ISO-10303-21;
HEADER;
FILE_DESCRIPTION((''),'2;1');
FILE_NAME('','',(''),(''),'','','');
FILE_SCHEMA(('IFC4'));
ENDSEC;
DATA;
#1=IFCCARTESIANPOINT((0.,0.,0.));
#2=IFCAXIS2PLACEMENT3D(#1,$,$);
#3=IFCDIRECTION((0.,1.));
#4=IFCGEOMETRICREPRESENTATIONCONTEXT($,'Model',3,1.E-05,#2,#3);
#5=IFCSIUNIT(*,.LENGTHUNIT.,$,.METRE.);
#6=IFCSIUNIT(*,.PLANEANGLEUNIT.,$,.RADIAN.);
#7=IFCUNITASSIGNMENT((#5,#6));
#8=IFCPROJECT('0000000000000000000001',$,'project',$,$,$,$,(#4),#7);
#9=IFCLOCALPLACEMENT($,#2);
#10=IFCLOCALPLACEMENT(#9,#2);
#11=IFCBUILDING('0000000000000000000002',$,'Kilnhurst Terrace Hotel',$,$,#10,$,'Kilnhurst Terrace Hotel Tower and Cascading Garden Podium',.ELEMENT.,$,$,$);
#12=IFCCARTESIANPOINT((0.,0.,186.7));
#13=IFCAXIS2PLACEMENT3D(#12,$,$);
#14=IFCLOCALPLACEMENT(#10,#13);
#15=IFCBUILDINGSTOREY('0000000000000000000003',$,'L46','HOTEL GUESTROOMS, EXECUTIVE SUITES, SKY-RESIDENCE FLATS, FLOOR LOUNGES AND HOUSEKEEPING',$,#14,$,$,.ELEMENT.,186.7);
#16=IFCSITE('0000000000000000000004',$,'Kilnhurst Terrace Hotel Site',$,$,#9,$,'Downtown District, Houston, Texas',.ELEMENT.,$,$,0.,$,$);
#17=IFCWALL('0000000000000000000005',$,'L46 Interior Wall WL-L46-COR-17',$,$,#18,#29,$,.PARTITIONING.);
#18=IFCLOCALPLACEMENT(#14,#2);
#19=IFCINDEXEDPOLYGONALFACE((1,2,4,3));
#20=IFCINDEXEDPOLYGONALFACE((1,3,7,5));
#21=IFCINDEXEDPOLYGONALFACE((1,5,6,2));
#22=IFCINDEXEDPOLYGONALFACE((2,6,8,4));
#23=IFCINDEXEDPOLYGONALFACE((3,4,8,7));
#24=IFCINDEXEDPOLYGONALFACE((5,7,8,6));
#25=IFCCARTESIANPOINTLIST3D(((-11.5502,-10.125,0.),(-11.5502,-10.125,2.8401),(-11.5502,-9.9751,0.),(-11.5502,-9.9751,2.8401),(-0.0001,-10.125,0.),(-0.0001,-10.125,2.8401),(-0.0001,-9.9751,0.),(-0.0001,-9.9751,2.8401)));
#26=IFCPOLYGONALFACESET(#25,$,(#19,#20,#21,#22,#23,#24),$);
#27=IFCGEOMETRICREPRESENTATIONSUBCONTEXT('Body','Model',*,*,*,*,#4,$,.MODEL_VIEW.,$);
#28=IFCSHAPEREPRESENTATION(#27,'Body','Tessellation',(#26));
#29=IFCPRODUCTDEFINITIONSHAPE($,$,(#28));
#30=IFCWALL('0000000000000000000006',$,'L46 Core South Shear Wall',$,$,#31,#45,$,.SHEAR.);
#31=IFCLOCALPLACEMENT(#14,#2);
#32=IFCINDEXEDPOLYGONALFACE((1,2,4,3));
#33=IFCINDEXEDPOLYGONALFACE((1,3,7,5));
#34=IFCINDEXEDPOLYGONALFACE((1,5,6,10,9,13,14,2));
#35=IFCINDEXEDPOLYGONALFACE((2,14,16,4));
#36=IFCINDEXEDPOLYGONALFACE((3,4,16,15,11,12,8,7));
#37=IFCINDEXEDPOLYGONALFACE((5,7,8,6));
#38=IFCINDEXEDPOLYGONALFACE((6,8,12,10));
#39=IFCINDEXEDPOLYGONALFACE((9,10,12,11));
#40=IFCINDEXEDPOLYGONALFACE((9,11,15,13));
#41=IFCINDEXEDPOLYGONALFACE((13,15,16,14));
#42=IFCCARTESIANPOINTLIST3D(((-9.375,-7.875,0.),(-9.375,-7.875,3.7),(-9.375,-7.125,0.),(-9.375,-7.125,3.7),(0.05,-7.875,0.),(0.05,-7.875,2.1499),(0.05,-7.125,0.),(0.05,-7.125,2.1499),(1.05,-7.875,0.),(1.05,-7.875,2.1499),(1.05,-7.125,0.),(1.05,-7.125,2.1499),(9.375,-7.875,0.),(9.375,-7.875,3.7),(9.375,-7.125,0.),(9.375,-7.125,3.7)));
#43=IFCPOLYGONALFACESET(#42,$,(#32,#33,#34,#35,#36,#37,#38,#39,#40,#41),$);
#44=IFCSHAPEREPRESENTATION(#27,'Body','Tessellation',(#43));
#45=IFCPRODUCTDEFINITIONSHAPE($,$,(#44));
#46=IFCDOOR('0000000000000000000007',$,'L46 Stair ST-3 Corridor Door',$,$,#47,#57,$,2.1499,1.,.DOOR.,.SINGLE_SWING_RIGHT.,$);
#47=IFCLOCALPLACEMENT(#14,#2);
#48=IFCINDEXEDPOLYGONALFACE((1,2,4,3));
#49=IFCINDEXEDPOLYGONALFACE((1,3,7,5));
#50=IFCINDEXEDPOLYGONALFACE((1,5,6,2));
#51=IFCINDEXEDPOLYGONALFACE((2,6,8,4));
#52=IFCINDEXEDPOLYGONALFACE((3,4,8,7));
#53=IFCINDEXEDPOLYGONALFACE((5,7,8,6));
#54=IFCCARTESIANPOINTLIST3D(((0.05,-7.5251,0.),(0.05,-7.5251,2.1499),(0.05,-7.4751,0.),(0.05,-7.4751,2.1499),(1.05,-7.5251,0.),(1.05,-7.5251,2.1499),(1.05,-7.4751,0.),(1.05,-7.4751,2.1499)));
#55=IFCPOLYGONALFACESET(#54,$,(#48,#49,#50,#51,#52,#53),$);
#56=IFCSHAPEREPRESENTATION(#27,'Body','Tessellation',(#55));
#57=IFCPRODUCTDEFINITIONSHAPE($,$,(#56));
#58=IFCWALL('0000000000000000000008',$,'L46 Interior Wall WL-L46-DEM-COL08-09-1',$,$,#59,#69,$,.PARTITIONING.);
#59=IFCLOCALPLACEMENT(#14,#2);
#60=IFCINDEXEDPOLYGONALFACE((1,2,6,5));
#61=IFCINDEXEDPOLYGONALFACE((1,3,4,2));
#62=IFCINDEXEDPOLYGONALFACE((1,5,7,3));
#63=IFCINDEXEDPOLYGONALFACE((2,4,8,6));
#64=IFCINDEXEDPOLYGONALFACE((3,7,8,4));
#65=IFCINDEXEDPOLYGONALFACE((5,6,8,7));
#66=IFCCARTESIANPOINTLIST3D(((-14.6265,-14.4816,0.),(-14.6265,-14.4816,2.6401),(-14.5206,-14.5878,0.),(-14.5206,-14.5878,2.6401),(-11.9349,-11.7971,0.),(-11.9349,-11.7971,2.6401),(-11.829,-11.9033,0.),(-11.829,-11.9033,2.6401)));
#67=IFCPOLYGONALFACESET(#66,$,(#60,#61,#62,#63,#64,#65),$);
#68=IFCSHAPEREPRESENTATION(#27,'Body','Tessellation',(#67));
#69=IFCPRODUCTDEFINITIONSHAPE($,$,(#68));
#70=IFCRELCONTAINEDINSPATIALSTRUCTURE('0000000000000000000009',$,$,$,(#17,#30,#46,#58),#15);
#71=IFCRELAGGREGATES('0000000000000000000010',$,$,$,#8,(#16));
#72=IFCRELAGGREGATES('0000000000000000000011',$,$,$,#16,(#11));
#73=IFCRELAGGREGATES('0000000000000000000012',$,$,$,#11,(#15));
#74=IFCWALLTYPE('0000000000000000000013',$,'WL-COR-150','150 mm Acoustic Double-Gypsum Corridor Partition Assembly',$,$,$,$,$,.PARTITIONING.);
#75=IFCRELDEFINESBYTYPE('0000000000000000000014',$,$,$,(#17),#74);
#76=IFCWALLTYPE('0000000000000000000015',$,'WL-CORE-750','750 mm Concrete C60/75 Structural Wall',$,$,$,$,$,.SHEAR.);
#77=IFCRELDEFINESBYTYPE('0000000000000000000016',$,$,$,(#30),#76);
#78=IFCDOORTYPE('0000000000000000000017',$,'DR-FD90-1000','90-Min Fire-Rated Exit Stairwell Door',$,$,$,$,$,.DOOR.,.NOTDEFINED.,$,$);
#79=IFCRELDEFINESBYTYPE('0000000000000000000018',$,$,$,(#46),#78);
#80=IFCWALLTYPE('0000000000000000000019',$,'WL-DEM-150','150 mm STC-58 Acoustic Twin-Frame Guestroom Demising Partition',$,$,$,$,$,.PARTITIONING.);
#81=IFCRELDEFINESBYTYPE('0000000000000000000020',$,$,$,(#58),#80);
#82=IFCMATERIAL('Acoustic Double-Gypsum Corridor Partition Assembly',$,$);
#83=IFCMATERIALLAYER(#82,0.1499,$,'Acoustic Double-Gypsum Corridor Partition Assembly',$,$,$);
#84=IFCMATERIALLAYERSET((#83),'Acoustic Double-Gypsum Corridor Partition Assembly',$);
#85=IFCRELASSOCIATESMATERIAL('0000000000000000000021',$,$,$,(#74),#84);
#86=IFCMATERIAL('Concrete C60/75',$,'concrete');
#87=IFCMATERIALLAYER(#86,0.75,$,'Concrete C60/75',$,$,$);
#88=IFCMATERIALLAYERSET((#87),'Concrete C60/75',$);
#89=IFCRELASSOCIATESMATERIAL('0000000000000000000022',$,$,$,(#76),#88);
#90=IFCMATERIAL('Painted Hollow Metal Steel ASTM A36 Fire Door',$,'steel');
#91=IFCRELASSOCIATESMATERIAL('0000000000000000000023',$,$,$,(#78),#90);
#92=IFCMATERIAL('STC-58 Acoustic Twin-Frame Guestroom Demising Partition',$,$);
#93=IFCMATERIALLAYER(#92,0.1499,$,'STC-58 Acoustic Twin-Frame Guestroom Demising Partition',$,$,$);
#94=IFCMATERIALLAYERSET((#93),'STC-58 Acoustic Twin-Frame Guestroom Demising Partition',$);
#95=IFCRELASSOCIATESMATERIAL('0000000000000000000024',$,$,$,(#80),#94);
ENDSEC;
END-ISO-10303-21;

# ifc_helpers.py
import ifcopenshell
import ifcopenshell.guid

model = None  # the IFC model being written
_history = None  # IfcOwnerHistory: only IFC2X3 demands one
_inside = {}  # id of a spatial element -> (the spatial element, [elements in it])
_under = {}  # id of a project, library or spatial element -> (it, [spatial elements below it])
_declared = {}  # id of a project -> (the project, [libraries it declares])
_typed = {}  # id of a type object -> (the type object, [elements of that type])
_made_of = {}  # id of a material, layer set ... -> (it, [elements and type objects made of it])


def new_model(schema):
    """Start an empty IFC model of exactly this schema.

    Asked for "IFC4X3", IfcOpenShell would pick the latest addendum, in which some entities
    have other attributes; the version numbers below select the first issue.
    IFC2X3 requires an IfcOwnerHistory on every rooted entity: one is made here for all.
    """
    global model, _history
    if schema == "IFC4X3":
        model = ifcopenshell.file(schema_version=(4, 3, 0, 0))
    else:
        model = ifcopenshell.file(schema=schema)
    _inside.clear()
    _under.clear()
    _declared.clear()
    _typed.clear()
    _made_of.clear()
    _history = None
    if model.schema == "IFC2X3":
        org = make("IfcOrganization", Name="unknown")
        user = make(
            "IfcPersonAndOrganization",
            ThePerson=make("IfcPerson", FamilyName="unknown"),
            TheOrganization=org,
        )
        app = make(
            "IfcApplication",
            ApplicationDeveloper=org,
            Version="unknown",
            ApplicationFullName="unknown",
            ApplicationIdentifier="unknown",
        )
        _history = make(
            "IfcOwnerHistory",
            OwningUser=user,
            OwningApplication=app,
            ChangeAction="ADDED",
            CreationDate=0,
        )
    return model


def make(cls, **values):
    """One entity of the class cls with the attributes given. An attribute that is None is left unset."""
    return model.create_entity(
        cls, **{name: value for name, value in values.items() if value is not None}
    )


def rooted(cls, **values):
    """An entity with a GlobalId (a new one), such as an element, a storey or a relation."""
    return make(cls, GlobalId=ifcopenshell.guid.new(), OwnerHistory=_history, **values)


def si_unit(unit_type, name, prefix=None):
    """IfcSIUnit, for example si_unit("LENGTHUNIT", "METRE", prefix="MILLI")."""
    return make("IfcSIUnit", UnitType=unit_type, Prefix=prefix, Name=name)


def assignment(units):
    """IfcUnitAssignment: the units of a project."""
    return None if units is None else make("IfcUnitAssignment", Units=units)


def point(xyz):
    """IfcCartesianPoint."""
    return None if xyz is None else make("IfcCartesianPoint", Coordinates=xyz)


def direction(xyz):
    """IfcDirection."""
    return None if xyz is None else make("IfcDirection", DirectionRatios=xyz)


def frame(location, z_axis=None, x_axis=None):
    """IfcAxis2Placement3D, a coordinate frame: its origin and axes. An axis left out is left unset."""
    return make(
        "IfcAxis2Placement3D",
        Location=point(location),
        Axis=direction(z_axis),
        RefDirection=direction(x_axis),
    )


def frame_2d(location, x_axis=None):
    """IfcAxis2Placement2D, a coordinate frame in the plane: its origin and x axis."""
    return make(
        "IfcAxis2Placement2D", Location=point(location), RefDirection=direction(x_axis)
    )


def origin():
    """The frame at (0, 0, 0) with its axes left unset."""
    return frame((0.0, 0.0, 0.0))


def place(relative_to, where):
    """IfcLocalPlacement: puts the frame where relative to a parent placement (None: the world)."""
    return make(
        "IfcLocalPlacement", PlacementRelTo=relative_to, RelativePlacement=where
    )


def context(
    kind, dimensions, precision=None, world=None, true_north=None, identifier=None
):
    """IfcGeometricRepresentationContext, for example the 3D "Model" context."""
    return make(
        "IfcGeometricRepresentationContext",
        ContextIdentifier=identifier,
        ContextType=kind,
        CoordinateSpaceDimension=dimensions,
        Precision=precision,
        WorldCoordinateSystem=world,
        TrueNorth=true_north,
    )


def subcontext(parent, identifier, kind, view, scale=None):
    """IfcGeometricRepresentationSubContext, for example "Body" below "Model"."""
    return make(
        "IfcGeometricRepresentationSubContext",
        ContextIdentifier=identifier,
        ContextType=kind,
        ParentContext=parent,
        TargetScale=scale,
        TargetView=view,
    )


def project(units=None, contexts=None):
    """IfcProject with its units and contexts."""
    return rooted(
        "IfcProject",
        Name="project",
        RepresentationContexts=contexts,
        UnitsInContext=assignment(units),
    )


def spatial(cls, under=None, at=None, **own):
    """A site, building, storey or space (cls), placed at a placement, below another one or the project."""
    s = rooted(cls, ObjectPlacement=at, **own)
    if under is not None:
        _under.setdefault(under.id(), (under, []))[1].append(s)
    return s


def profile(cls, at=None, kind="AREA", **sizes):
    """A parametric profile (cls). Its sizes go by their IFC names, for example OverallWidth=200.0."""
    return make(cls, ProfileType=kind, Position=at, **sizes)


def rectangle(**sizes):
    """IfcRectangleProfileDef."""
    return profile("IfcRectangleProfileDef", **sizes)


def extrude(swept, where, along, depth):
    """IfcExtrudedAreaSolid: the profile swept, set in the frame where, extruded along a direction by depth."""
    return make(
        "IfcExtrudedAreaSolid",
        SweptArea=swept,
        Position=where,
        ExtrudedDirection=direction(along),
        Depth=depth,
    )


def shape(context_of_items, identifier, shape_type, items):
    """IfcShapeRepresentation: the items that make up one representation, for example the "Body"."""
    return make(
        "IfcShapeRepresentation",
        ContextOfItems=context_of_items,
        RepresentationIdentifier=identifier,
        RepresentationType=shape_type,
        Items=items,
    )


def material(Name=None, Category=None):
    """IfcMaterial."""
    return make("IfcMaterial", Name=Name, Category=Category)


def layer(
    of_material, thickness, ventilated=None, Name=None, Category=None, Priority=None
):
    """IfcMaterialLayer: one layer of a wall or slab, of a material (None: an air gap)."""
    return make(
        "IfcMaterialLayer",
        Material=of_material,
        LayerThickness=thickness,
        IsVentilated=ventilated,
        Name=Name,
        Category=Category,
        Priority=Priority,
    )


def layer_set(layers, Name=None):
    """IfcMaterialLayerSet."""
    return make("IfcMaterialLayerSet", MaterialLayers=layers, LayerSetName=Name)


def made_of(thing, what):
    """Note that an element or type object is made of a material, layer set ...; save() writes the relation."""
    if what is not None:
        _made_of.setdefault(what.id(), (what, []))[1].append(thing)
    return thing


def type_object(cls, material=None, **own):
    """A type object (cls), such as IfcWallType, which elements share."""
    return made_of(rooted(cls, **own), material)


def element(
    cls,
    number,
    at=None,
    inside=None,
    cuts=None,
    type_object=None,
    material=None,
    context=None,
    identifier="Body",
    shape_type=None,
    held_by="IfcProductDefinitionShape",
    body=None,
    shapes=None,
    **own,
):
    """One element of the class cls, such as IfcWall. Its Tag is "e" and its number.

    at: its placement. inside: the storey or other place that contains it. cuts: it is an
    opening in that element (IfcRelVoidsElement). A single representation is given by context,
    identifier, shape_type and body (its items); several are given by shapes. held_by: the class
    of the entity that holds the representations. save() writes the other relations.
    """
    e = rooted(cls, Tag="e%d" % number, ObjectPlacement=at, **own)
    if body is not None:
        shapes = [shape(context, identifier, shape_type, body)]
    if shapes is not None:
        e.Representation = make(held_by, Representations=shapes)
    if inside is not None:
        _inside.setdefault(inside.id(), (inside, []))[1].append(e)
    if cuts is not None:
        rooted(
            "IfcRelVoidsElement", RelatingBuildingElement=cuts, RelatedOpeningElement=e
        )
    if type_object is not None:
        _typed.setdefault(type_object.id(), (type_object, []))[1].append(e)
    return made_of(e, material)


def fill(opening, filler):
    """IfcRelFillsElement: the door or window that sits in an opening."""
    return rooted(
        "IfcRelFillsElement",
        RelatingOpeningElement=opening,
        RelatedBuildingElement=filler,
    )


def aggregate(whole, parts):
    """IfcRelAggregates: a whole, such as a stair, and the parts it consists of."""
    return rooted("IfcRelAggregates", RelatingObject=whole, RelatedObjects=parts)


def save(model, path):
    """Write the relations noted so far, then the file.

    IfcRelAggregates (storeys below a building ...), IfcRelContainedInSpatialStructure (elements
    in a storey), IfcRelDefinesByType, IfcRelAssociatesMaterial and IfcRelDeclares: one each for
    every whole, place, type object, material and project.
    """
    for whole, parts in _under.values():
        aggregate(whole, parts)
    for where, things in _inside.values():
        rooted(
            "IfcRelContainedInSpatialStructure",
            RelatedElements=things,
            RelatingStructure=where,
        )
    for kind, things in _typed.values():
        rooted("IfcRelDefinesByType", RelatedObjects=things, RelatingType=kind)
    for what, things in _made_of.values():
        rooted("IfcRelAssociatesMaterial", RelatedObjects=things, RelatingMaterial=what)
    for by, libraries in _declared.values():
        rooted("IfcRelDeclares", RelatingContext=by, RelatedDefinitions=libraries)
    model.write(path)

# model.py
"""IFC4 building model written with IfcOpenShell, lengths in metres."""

from ifc_helpers import new_model, si_unit, direction, frame, frame_2d, origin, place, context, subcontext, project, spatial, rectangle, extrude, material, layer, layer_set, type_object, element, fill, save


model = new_model("IFC4")

# Units and contexts
model_context = context("Model", 3, precision=1e-05, world=origin(), true_north=direction((0.0, 1.0)))
body_context = subcontext(model_context, "Body", "Model", "MODEL_VIEW")
ifc_project = project(units=[si_unit("LENGTHUNIT", "METRE"), si_unit("PLANEANGLEUNIT", "RADIAN")], contexts=[model_context])

# Site, building, storey
site_placement = place(None, origin())
site = spatial("IfcSite", under=ifc_project, at=site_placement, Name="Kilnhurst Terrace Hotel Site", LongName="Downtown District, Houston, Texas", CompositionType="ELEMENT", RefElevation=0.0)
building_placement = place(site_placement, origin())
building = spatial("IfcBuilding", under=site, at=building_placement, Name="Kilnhurst Terrace Hotel", LongName="Kilnhurst Terrace Hotel Tower and Cascading Garden Podium", CompositionType="ELEMENT")
storey_placement = place(building_placement, frame((0.0, 0.0, 186.7)))
storey = spatial("IfcBuildingStorey", under=building, at=storey_placement, Name="L46", Description="HOTEL GUESTROOMS, EXECUTIVE SUITES, SKY-RESIDENCE FLATS, FLOOR LOUNGES AND HOUSEKEEPING", CompositionType="ELEMENT", Elevation=186.7)

# Shared definitions
ifc_material_1 = material(Name="Acoustic Double-Gypsum Corridor Partition Assembly")
ifc_layer_1 = layer(ifc_material_1, 0.1499, Name="Acoustic Double-Gypsum Corridor Partition Assembly")
ifc_layer_set_1 = layer_set([ifc_layer_1], Name="Acoustic Double-Gypsum Corridor Partition Assembly")
wall_type_1 = type_object("IfcWallType", Name="WL-COR-150", Description="150 mm Acoustic Double-Gypsum Corridor Partition Assembly", PredefinedType="PARTITIONING", material=ifc_layer_set_1)

# Wall
wall_1_placement = place(storey_placement, frame((-11.55, -10.05, 0.0), z_axis=(0.0, 0.0, 1.0), x_axis=(1.0, 0.0, 0.0)))
element("IfcWall", 1, at=wall_1_placement, inside=storey, type_object=wall_type_1, Name="L46 Interior Wall WL-L46-COR-17", PredefinedType="PARTITIONING", context=body_context, shape_type="SweptSolid", body=[
    extrude(rectangle(XDim=11.55, YDim=0.1499, at=frame_2d((5.7749, 0.0))), origin(), (0.0, 0.0, 1.0), 2.8401),
])

# Wall, opening, door
ifc_material_2 = material(Name="Concrete C60/75", Category="concrete")
ifc_layer_2 = layer(ifc_material_2, 0.75, Name="Concrete C60/75")
ifc_layer_set_2 = layer_set([ifc_layer_2], Name="Concrete C60/75")
wall_type_2 = type_object("IfcWallType", Name="WL-CORE-750", Description="750 mm Concrete C60/75 Structural Wall", PredefinedType="SHEAR", material=ifc_layer_set_2)
wall_2_placement = place(storey_placement, frame((-9.375, -7.5, 0.0), z_axis=(0.0, 0.0, 1.0), x_axis=(1.0, 0.0, 0.0)))
wall_2 = element("IfcWall", 2, at=wall_2_placement, inside=storey, type_object=wall_type_2, Name="L46 Core South Shear Wall", PredefinedType="SHEAR", context=body_context, shape_type="SweptSolid", body=[
    extrude(rectangle(XDim=18.75, YDim=0.75, at=frame_2d((9.375, 0.0))), origin(), (0.0, 0.0, 1.0), 3.7),
])
opening_1_placement = place(wall_2_placement, frame((9.425, 0.0, 0.0)))
opening_1 = element("IfcOpeningElement", 3, at=opening_1_placement, cuts=wall_2, PredefinedType="OPENING", context=body_context, shape_type="SweptSolid", body=[
    extrude(rectangle(XDim=1.0, YDim=2.1499, at=frame_2d((0.5, 1.075))), frame((0.0, 0.385, 0.0), z_axis=(0.0, -1.0, 0.0), x_axis=(1.0, 0.0, 0.0)), (0.0, 0.0, 1.0), 0.77),
])
ifc_material_3 = material(Name="Painted Hollow Metal Steel ASTM A36 Fire Door", Category="steel")
door_type_1 = type_object("IfcDoorType", Name="DR-FD90-1000", Description="90-Min Fire-Rated Exit Stairwell Door", OperationType="NOTDEFINED", PredefinedType="DOOR", material=ifc_material_3)
door_1_placement = place(opening_1_placement, origin())
door_1 = element("IfcDoor", 4, at=door_1_placement, inside=storey, type_object=door_type_1, Name="L46 Stair ST-3 Corridor Door", OperationType="SINGLE_SWING_RIGHT", OverallHeight=2.1499, OverallWidth=1.0, PredefinedType="DOOR", context=body_context, shape_type="SweptSolid", body=[
    extrude(rectangle(XDim=1.0, YDim=2.1499, at=frame_2d((0.5, 1.075))), frame((0.0, 0.0249, 0.0), z_axis=(0.0, -1.0, 0.0), x_axis=(1.0, 0.0, 0.0)), (0.0, 0.0, 1.0), 0.05),
])
fill(opening_1, door_1)

# Wall
ifc_material_4 = material(Name="STC-58 Acoustic Twin-Frame Guestroom Demising Partition")
ifc_layer_3 = layer(ifc_material_4, 0.1499, Name="STC-58 Acoustic Twin-Frame Guestroom Demising Partition")
ifc_layer_set_3 = layer_set([ifc_layer_3], Name="STC-58 Acoustic Twin-Frame Guestroom Demising Partition")
wall_type_3 = type_object("IfcWallType", Name="WL-DEM-150", Description="150 mm STC-58 Acoustic Twin-Frame Guestroom Demising Partition", PredefinedType="PARTITIONING", material=ifc_layer_set_3)
wall_3_placement = place(storey_placement, frame((-11.8818, -11.8501, 0.0), z_axis=(0.0, 0.0, 1.0), x_axis=(-0.708037, -0.706175, 0.0)))
element("IfcWall", 5, at=wall_3_placement, inside=storey, type_object=wall_type_3, Name="L46 Interior Wall WL-L46-DEM-COL08-09-1", PredefinedType="PARTITIONING", context=body_context, shape_type="SweptSolid", body=[
    extrude(rectangle(XDim=3.8015, YDim=0.1499, at=frame_2d((1.9009, 0.0))), origin(), (0.0, 0.0, 1.0), 2.6401),
])

save(model, "model.ifc")
